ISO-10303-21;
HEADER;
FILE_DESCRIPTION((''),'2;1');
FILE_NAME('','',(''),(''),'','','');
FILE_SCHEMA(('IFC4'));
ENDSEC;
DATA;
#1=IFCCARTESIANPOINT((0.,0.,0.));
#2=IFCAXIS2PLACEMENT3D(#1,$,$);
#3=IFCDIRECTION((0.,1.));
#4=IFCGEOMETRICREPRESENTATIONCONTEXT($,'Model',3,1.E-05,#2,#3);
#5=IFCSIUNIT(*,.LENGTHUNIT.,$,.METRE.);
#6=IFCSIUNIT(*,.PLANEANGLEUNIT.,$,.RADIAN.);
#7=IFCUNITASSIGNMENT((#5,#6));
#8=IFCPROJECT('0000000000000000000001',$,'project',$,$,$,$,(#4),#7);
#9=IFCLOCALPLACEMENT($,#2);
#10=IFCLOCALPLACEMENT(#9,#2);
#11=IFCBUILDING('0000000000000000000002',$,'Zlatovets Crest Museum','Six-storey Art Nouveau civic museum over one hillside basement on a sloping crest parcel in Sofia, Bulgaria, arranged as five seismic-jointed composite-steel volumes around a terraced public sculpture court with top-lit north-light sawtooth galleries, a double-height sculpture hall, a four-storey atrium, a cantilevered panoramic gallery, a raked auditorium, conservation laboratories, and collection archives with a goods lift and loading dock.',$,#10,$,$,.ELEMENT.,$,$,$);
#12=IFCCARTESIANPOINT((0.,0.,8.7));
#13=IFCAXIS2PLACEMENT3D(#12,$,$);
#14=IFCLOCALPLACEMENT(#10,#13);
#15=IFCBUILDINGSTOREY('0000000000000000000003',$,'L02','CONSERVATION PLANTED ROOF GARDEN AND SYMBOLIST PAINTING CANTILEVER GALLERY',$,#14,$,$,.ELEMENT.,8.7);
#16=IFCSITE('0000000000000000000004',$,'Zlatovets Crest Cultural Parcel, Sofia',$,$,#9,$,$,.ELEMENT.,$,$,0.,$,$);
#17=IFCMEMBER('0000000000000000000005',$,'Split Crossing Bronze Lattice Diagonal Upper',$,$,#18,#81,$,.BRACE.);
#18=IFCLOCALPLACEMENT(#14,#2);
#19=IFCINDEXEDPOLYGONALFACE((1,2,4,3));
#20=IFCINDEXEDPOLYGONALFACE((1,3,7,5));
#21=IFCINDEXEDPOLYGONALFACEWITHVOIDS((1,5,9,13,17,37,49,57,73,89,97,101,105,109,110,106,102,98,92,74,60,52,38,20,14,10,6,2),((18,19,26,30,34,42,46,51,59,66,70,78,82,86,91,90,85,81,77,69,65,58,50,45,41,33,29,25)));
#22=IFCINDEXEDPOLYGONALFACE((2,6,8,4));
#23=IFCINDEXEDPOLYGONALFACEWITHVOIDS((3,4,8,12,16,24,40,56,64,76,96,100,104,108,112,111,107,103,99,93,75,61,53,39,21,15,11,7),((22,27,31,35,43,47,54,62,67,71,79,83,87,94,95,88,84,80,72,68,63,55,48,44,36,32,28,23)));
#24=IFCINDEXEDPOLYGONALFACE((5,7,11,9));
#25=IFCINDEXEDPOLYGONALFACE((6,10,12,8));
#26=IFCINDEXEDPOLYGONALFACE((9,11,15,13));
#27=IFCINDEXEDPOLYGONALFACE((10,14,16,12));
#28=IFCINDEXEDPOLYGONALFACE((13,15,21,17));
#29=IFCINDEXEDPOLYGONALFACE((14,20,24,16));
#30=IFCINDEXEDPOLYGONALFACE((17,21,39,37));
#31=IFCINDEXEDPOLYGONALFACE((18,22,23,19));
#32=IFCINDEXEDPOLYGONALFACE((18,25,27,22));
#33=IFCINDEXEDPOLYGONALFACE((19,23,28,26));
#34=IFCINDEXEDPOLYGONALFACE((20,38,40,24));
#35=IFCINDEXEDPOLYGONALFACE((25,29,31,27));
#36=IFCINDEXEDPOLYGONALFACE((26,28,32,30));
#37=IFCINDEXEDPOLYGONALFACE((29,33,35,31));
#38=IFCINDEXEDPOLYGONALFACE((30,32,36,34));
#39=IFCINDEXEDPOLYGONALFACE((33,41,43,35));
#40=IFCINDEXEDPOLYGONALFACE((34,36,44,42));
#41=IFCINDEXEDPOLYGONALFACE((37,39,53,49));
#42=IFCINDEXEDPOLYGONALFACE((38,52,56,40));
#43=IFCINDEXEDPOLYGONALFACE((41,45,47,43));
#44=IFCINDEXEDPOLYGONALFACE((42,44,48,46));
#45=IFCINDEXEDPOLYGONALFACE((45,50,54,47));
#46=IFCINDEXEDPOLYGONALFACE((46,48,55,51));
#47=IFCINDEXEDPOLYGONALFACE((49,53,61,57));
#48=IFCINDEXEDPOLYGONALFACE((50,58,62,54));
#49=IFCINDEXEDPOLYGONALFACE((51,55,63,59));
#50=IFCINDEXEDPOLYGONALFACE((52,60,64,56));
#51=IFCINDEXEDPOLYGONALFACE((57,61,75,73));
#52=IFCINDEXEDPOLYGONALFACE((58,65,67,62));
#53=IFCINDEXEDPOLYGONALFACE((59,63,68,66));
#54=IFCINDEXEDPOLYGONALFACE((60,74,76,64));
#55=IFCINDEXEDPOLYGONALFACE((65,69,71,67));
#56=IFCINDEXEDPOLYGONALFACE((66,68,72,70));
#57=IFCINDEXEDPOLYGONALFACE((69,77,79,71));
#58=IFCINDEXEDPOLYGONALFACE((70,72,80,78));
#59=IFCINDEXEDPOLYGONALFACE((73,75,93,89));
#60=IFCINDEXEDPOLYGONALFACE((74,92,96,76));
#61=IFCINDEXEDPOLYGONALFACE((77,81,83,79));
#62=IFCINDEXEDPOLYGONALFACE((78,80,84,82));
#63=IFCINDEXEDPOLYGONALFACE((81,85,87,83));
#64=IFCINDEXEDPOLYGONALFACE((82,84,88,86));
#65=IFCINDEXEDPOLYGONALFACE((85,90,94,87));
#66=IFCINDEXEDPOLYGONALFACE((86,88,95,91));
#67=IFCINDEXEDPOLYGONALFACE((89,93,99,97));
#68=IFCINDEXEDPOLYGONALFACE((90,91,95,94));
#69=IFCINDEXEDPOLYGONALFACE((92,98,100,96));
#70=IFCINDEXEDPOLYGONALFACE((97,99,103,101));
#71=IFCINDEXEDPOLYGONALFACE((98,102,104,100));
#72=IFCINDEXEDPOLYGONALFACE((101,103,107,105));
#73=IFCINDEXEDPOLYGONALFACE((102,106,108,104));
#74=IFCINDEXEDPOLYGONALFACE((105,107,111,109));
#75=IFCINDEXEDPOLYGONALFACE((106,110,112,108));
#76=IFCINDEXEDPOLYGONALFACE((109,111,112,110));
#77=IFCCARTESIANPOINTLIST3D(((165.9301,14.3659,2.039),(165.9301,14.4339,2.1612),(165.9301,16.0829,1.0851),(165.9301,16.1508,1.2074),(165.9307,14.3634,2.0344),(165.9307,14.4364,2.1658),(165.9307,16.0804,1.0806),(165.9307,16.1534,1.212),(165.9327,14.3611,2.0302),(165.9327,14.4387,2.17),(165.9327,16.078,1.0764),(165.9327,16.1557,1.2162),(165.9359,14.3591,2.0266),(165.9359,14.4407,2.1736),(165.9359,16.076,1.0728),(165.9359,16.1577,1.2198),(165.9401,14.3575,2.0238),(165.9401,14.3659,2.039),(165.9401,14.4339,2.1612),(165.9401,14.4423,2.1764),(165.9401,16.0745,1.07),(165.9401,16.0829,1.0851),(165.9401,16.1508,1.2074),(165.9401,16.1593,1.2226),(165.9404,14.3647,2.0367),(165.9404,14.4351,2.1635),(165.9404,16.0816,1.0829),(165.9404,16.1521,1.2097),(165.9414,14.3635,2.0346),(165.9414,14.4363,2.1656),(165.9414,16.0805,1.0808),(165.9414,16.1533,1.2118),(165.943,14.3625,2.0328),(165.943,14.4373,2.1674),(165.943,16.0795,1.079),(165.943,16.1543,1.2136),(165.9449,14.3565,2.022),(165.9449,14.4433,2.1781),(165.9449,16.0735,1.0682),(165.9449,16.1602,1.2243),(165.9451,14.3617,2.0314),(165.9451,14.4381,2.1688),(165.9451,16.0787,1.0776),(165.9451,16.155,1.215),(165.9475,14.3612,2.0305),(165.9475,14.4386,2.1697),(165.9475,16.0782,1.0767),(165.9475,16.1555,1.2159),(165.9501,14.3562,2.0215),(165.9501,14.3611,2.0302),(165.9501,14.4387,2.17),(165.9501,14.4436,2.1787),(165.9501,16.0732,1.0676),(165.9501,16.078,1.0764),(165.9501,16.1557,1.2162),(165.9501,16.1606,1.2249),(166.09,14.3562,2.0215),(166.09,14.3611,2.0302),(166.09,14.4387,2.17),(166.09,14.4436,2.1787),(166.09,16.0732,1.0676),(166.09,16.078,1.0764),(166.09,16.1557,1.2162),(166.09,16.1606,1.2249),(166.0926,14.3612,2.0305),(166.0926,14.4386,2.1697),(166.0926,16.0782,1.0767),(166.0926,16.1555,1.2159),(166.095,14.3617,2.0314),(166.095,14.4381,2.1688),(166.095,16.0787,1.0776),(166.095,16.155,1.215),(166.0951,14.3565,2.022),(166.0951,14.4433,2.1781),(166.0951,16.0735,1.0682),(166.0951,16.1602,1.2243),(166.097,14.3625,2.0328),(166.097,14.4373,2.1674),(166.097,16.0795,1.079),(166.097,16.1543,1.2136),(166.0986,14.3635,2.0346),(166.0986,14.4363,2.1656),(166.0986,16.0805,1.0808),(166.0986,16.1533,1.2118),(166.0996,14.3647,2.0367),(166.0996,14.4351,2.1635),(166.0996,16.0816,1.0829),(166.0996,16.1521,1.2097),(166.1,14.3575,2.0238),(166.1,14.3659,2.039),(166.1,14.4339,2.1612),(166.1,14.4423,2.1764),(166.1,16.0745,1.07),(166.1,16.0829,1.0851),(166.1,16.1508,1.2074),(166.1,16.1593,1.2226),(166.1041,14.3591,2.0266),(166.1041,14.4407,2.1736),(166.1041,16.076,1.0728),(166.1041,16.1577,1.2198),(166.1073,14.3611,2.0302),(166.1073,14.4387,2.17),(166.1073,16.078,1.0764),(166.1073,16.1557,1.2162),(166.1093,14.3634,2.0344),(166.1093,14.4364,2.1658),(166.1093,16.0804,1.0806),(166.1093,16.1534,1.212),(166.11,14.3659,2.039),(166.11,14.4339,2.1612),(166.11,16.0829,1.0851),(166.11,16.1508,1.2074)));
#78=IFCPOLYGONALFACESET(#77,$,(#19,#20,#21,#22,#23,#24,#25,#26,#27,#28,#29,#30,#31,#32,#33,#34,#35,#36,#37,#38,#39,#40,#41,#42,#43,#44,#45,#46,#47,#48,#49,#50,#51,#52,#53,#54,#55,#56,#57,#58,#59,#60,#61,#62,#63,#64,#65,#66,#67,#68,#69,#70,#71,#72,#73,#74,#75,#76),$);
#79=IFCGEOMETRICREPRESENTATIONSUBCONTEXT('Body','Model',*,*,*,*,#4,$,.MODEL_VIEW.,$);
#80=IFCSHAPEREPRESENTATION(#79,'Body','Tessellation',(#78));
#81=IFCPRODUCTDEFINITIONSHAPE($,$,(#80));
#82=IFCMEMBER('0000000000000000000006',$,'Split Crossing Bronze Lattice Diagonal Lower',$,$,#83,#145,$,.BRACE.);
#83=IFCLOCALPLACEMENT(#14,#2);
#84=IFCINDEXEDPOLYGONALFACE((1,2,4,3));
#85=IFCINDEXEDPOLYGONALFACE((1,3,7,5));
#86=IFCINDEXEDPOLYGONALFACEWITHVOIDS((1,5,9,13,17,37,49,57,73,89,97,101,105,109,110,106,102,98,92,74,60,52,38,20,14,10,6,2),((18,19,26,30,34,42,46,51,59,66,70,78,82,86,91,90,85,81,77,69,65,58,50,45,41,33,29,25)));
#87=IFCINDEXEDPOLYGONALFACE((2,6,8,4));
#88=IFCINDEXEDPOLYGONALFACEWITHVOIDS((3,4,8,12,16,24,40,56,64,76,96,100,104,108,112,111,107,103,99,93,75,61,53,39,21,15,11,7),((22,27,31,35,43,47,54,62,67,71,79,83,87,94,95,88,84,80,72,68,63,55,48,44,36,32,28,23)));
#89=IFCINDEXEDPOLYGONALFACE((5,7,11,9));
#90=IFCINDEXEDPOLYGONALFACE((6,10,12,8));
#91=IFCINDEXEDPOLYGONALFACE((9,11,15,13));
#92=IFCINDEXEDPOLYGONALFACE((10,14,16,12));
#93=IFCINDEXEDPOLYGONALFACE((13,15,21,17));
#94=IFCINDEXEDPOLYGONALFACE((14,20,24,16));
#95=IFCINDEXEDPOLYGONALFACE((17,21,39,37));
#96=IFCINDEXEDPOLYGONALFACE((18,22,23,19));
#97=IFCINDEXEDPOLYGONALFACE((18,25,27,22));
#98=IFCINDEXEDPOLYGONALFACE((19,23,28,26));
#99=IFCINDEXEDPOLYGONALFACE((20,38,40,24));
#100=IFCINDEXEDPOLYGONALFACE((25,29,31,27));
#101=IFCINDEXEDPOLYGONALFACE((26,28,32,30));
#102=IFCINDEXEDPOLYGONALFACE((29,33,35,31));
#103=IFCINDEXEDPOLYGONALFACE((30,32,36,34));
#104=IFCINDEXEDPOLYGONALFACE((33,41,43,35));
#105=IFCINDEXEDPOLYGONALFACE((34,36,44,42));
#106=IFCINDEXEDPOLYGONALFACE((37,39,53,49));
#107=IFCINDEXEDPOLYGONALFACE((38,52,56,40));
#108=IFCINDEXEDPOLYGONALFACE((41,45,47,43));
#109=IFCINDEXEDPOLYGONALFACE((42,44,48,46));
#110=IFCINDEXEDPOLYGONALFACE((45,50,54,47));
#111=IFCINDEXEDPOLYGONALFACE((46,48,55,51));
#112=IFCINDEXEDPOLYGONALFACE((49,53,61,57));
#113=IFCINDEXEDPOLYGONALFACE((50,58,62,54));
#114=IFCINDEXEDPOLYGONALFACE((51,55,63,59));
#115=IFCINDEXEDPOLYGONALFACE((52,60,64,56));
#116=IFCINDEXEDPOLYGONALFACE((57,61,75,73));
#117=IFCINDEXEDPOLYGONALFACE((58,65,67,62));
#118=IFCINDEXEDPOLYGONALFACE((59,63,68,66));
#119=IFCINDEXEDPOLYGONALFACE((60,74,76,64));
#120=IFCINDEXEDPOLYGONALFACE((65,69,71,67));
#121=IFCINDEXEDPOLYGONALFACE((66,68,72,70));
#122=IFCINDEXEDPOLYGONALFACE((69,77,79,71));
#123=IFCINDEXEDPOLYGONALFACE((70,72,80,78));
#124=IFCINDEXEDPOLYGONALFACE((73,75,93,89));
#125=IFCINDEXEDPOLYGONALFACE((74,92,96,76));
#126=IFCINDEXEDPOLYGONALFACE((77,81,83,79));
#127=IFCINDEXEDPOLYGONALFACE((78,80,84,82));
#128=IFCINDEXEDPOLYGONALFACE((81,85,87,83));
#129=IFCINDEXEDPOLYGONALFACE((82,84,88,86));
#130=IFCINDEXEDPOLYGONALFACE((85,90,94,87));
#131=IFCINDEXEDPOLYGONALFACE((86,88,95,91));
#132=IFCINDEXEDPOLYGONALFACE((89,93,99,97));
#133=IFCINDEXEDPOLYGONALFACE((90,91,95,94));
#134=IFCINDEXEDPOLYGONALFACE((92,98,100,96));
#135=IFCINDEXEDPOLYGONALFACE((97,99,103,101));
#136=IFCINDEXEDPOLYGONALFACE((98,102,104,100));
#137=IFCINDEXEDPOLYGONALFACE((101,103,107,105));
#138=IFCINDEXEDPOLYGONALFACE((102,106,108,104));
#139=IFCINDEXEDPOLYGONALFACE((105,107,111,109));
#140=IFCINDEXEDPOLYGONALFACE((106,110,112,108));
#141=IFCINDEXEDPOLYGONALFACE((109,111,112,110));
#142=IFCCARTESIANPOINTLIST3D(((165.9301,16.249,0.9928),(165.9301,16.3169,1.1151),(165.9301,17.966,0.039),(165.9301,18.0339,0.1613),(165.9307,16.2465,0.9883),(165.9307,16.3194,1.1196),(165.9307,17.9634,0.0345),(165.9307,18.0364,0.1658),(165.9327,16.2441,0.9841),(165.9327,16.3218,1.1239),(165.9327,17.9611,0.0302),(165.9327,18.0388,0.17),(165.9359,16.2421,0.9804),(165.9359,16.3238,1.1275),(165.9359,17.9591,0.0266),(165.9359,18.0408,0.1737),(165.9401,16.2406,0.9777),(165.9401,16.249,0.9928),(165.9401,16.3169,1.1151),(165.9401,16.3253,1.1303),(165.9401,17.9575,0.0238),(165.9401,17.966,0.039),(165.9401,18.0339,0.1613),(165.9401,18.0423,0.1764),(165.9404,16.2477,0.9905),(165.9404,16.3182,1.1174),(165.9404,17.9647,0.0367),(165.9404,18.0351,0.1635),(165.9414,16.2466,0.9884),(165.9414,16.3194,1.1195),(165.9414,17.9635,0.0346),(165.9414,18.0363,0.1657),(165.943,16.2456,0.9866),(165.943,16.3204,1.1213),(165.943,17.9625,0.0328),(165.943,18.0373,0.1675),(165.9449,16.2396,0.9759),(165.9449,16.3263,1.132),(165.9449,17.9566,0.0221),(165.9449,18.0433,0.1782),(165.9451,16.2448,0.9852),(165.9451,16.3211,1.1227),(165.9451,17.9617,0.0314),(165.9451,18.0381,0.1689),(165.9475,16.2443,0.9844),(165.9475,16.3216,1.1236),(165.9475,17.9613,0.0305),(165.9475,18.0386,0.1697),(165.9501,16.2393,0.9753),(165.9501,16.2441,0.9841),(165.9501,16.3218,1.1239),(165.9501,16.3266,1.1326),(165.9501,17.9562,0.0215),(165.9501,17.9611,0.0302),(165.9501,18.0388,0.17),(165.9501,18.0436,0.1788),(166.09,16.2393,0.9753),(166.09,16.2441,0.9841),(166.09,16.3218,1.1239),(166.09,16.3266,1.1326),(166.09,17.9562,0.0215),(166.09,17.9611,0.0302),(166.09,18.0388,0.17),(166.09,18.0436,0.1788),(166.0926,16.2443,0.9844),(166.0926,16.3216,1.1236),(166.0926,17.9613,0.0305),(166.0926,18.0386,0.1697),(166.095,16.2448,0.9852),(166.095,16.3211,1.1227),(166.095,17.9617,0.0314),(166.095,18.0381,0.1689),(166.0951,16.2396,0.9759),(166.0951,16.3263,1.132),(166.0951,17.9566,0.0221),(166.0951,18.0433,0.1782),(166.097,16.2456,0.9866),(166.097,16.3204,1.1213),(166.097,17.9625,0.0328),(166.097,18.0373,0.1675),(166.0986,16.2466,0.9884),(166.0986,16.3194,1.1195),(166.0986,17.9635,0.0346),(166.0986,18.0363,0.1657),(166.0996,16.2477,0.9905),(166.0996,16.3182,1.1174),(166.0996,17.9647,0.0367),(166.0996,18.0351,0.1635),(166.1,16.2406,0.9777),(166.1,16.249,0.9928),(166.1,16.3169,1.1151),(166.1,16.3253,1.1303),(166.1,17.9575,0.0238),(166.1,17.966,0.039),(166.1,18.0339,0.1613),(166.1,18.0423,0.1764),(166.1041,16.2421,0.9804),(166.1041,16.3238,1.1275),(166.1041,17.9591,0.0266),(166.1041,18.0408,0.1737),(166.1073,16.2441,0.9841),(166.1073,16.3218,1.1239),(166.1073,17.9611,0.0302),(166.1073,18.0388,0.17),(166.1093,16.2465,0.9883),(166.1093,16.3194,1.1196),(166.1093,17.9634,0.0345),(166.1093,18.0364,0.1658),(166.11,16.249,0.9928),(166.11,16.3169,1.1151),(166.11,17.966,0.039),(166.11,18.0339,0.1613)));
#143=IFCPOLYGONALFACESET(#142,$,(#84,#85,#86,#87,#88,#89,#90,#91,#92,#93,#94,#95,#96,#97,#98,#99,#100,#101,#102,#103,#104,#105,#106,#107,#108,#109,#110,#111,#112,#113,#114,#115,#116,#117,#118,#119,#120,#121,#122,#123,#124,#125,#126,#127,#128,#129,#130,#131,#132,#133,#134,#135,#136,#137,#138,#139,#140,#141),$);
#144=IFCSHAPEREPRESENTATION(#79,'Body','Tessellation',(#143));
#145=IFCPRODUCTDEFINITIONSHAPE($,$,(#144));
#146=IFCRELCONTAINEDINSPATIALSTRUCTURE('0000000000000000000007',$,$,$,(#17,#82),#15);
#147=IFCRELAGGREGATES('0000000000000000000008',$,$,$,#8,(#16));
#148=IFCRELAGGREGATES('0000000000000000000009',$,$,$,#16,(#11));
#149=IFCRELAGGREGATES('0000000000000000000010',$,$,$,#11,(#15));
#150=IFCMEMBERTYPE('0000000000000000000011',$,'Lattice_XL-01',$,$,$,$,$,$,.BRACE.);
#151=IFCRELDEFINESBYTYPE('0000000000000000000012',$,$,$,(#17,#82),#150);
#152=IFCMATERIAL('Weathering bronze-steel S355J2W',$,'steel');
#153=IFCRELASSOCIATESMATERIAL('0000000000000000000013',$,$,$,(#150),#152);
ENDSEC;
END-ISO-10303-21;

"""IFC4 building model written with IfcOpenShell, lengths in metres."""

from ifc_helpers import new_model, si_unit, direction, frame, origin, origin_2d, place, context, subcontext, project, spatial, hollow_rectangle, extrude, material, material_profile, profile_set, type_object, element, save


model = new_model("IFC4")

# Units and contexts
model_context = context("Model", 3, precision=1e-05, world=origin(), true_north=direction((0.0, 1.0)))
body_context = subcontext(model_context, "Body", "Model", "MODEL_VIEW")
ifc_project = project(units=[si_unit("LENGTHUNIT", "METRE"), si_unit("PLANEANGLEUNIT", "RADIAN")], contexts=[model_context])

# Site, building, storey
site_placement = place(None, origin())
site = spatial("IfcSite", under=ifc_project, at=site_placement, Name="Zlatovets Crest Cultural Parcel, Sofia", CompositionType="ELEMENT", RefElevation=0.0)
building_placement = place(site_placement, origin())
building = spatial("IfcBuilding", under=site, at=building_placement, Name="Zlatovets Crest Museum", Description="Six-storey Art Nouveau civic museum over one hillside basement on a sloping crest parcel in Sofia, Bulgaria, arranged as five seismic-jointed composite-steel volumes around a terraced public sculpture court with top-lit north-light sawtooth galleries, a double-height sculpture hall, a four-storey atrium, a cantilevered panoramic gallery, a raked auditorium, conservation laboratories, and collection archives with a goods lift and loading dock.", CompositionType="ELEMENT")
storey_placement = place(building_placement, frame((0.0, 0.0, 8.7)))
storey = spatial("IfcBuildingStorey", under=building, at=storey_placement, Name="L02", Description="CONSERVATION PLANTED ROOF GARDEN AND SYMBOLIST PAINTING CANTILEVER GALLERY", CompositionType="ELEMENT", Elevation=8.7)

# Members
ifc_material_1 = material(Name="Weathering bronze-steel S355J2W", Category="steel")
ifc_material_profile_1 = material_profile(ifc_material_1, hollow_rectangle(XDim=0.1799, YDim=0.1799, WallThickness=0.01, InnerFilletRadius=0.01, OuterFilletRadius=0.02, at=origin_2d()), Name="SHS 180x180x10.0")
ifc_profile_set_1 = profile_set([ifc_material_profile_1], Name="Weathering bronze-steel S355J2W")
member_type_1 = type_object("IfcMemberType", Name="Lattice_XL-01", PredefinedType="BRACE", material=ifc_profile_set_1)
for number, where, z_axis, x_axis, name in (
    (1, (166.02, 14.3999, 2.1001), (0.0, 0.874169, -0.485622), (-1.0, 0.0, 0.0), "Split Crossing Bronze Lattice Diagonal Upper"),
    (2, (166.02, 16.283, 1.054), (0.0, 0.874169, -0.485622), (-1.0, 0.0, 0.0), "Split Crossing Bronze Lattice Diagonal Lower"),
):
    element("IfcMember", number, at=place(storey_placement, frame(where, z_axis=z_axis, x_axis=x_axis)), inside=storey, type_object=member_type_1, Name=name, PredefinedType="BRACE", context=body_context, shape_type="SweptSolid", body=[
        extrude(hollow_rectangle(XDim=0.1799, YDim=0.1799, WallThickness=0.01, InnerFilletRadius=0.01, OuterFilletRadius=0.02, at=origin_2d()), origin(), (0.0, 0.0, 1.0), 1.9641),
    ])

save(model, "model.ifc")
